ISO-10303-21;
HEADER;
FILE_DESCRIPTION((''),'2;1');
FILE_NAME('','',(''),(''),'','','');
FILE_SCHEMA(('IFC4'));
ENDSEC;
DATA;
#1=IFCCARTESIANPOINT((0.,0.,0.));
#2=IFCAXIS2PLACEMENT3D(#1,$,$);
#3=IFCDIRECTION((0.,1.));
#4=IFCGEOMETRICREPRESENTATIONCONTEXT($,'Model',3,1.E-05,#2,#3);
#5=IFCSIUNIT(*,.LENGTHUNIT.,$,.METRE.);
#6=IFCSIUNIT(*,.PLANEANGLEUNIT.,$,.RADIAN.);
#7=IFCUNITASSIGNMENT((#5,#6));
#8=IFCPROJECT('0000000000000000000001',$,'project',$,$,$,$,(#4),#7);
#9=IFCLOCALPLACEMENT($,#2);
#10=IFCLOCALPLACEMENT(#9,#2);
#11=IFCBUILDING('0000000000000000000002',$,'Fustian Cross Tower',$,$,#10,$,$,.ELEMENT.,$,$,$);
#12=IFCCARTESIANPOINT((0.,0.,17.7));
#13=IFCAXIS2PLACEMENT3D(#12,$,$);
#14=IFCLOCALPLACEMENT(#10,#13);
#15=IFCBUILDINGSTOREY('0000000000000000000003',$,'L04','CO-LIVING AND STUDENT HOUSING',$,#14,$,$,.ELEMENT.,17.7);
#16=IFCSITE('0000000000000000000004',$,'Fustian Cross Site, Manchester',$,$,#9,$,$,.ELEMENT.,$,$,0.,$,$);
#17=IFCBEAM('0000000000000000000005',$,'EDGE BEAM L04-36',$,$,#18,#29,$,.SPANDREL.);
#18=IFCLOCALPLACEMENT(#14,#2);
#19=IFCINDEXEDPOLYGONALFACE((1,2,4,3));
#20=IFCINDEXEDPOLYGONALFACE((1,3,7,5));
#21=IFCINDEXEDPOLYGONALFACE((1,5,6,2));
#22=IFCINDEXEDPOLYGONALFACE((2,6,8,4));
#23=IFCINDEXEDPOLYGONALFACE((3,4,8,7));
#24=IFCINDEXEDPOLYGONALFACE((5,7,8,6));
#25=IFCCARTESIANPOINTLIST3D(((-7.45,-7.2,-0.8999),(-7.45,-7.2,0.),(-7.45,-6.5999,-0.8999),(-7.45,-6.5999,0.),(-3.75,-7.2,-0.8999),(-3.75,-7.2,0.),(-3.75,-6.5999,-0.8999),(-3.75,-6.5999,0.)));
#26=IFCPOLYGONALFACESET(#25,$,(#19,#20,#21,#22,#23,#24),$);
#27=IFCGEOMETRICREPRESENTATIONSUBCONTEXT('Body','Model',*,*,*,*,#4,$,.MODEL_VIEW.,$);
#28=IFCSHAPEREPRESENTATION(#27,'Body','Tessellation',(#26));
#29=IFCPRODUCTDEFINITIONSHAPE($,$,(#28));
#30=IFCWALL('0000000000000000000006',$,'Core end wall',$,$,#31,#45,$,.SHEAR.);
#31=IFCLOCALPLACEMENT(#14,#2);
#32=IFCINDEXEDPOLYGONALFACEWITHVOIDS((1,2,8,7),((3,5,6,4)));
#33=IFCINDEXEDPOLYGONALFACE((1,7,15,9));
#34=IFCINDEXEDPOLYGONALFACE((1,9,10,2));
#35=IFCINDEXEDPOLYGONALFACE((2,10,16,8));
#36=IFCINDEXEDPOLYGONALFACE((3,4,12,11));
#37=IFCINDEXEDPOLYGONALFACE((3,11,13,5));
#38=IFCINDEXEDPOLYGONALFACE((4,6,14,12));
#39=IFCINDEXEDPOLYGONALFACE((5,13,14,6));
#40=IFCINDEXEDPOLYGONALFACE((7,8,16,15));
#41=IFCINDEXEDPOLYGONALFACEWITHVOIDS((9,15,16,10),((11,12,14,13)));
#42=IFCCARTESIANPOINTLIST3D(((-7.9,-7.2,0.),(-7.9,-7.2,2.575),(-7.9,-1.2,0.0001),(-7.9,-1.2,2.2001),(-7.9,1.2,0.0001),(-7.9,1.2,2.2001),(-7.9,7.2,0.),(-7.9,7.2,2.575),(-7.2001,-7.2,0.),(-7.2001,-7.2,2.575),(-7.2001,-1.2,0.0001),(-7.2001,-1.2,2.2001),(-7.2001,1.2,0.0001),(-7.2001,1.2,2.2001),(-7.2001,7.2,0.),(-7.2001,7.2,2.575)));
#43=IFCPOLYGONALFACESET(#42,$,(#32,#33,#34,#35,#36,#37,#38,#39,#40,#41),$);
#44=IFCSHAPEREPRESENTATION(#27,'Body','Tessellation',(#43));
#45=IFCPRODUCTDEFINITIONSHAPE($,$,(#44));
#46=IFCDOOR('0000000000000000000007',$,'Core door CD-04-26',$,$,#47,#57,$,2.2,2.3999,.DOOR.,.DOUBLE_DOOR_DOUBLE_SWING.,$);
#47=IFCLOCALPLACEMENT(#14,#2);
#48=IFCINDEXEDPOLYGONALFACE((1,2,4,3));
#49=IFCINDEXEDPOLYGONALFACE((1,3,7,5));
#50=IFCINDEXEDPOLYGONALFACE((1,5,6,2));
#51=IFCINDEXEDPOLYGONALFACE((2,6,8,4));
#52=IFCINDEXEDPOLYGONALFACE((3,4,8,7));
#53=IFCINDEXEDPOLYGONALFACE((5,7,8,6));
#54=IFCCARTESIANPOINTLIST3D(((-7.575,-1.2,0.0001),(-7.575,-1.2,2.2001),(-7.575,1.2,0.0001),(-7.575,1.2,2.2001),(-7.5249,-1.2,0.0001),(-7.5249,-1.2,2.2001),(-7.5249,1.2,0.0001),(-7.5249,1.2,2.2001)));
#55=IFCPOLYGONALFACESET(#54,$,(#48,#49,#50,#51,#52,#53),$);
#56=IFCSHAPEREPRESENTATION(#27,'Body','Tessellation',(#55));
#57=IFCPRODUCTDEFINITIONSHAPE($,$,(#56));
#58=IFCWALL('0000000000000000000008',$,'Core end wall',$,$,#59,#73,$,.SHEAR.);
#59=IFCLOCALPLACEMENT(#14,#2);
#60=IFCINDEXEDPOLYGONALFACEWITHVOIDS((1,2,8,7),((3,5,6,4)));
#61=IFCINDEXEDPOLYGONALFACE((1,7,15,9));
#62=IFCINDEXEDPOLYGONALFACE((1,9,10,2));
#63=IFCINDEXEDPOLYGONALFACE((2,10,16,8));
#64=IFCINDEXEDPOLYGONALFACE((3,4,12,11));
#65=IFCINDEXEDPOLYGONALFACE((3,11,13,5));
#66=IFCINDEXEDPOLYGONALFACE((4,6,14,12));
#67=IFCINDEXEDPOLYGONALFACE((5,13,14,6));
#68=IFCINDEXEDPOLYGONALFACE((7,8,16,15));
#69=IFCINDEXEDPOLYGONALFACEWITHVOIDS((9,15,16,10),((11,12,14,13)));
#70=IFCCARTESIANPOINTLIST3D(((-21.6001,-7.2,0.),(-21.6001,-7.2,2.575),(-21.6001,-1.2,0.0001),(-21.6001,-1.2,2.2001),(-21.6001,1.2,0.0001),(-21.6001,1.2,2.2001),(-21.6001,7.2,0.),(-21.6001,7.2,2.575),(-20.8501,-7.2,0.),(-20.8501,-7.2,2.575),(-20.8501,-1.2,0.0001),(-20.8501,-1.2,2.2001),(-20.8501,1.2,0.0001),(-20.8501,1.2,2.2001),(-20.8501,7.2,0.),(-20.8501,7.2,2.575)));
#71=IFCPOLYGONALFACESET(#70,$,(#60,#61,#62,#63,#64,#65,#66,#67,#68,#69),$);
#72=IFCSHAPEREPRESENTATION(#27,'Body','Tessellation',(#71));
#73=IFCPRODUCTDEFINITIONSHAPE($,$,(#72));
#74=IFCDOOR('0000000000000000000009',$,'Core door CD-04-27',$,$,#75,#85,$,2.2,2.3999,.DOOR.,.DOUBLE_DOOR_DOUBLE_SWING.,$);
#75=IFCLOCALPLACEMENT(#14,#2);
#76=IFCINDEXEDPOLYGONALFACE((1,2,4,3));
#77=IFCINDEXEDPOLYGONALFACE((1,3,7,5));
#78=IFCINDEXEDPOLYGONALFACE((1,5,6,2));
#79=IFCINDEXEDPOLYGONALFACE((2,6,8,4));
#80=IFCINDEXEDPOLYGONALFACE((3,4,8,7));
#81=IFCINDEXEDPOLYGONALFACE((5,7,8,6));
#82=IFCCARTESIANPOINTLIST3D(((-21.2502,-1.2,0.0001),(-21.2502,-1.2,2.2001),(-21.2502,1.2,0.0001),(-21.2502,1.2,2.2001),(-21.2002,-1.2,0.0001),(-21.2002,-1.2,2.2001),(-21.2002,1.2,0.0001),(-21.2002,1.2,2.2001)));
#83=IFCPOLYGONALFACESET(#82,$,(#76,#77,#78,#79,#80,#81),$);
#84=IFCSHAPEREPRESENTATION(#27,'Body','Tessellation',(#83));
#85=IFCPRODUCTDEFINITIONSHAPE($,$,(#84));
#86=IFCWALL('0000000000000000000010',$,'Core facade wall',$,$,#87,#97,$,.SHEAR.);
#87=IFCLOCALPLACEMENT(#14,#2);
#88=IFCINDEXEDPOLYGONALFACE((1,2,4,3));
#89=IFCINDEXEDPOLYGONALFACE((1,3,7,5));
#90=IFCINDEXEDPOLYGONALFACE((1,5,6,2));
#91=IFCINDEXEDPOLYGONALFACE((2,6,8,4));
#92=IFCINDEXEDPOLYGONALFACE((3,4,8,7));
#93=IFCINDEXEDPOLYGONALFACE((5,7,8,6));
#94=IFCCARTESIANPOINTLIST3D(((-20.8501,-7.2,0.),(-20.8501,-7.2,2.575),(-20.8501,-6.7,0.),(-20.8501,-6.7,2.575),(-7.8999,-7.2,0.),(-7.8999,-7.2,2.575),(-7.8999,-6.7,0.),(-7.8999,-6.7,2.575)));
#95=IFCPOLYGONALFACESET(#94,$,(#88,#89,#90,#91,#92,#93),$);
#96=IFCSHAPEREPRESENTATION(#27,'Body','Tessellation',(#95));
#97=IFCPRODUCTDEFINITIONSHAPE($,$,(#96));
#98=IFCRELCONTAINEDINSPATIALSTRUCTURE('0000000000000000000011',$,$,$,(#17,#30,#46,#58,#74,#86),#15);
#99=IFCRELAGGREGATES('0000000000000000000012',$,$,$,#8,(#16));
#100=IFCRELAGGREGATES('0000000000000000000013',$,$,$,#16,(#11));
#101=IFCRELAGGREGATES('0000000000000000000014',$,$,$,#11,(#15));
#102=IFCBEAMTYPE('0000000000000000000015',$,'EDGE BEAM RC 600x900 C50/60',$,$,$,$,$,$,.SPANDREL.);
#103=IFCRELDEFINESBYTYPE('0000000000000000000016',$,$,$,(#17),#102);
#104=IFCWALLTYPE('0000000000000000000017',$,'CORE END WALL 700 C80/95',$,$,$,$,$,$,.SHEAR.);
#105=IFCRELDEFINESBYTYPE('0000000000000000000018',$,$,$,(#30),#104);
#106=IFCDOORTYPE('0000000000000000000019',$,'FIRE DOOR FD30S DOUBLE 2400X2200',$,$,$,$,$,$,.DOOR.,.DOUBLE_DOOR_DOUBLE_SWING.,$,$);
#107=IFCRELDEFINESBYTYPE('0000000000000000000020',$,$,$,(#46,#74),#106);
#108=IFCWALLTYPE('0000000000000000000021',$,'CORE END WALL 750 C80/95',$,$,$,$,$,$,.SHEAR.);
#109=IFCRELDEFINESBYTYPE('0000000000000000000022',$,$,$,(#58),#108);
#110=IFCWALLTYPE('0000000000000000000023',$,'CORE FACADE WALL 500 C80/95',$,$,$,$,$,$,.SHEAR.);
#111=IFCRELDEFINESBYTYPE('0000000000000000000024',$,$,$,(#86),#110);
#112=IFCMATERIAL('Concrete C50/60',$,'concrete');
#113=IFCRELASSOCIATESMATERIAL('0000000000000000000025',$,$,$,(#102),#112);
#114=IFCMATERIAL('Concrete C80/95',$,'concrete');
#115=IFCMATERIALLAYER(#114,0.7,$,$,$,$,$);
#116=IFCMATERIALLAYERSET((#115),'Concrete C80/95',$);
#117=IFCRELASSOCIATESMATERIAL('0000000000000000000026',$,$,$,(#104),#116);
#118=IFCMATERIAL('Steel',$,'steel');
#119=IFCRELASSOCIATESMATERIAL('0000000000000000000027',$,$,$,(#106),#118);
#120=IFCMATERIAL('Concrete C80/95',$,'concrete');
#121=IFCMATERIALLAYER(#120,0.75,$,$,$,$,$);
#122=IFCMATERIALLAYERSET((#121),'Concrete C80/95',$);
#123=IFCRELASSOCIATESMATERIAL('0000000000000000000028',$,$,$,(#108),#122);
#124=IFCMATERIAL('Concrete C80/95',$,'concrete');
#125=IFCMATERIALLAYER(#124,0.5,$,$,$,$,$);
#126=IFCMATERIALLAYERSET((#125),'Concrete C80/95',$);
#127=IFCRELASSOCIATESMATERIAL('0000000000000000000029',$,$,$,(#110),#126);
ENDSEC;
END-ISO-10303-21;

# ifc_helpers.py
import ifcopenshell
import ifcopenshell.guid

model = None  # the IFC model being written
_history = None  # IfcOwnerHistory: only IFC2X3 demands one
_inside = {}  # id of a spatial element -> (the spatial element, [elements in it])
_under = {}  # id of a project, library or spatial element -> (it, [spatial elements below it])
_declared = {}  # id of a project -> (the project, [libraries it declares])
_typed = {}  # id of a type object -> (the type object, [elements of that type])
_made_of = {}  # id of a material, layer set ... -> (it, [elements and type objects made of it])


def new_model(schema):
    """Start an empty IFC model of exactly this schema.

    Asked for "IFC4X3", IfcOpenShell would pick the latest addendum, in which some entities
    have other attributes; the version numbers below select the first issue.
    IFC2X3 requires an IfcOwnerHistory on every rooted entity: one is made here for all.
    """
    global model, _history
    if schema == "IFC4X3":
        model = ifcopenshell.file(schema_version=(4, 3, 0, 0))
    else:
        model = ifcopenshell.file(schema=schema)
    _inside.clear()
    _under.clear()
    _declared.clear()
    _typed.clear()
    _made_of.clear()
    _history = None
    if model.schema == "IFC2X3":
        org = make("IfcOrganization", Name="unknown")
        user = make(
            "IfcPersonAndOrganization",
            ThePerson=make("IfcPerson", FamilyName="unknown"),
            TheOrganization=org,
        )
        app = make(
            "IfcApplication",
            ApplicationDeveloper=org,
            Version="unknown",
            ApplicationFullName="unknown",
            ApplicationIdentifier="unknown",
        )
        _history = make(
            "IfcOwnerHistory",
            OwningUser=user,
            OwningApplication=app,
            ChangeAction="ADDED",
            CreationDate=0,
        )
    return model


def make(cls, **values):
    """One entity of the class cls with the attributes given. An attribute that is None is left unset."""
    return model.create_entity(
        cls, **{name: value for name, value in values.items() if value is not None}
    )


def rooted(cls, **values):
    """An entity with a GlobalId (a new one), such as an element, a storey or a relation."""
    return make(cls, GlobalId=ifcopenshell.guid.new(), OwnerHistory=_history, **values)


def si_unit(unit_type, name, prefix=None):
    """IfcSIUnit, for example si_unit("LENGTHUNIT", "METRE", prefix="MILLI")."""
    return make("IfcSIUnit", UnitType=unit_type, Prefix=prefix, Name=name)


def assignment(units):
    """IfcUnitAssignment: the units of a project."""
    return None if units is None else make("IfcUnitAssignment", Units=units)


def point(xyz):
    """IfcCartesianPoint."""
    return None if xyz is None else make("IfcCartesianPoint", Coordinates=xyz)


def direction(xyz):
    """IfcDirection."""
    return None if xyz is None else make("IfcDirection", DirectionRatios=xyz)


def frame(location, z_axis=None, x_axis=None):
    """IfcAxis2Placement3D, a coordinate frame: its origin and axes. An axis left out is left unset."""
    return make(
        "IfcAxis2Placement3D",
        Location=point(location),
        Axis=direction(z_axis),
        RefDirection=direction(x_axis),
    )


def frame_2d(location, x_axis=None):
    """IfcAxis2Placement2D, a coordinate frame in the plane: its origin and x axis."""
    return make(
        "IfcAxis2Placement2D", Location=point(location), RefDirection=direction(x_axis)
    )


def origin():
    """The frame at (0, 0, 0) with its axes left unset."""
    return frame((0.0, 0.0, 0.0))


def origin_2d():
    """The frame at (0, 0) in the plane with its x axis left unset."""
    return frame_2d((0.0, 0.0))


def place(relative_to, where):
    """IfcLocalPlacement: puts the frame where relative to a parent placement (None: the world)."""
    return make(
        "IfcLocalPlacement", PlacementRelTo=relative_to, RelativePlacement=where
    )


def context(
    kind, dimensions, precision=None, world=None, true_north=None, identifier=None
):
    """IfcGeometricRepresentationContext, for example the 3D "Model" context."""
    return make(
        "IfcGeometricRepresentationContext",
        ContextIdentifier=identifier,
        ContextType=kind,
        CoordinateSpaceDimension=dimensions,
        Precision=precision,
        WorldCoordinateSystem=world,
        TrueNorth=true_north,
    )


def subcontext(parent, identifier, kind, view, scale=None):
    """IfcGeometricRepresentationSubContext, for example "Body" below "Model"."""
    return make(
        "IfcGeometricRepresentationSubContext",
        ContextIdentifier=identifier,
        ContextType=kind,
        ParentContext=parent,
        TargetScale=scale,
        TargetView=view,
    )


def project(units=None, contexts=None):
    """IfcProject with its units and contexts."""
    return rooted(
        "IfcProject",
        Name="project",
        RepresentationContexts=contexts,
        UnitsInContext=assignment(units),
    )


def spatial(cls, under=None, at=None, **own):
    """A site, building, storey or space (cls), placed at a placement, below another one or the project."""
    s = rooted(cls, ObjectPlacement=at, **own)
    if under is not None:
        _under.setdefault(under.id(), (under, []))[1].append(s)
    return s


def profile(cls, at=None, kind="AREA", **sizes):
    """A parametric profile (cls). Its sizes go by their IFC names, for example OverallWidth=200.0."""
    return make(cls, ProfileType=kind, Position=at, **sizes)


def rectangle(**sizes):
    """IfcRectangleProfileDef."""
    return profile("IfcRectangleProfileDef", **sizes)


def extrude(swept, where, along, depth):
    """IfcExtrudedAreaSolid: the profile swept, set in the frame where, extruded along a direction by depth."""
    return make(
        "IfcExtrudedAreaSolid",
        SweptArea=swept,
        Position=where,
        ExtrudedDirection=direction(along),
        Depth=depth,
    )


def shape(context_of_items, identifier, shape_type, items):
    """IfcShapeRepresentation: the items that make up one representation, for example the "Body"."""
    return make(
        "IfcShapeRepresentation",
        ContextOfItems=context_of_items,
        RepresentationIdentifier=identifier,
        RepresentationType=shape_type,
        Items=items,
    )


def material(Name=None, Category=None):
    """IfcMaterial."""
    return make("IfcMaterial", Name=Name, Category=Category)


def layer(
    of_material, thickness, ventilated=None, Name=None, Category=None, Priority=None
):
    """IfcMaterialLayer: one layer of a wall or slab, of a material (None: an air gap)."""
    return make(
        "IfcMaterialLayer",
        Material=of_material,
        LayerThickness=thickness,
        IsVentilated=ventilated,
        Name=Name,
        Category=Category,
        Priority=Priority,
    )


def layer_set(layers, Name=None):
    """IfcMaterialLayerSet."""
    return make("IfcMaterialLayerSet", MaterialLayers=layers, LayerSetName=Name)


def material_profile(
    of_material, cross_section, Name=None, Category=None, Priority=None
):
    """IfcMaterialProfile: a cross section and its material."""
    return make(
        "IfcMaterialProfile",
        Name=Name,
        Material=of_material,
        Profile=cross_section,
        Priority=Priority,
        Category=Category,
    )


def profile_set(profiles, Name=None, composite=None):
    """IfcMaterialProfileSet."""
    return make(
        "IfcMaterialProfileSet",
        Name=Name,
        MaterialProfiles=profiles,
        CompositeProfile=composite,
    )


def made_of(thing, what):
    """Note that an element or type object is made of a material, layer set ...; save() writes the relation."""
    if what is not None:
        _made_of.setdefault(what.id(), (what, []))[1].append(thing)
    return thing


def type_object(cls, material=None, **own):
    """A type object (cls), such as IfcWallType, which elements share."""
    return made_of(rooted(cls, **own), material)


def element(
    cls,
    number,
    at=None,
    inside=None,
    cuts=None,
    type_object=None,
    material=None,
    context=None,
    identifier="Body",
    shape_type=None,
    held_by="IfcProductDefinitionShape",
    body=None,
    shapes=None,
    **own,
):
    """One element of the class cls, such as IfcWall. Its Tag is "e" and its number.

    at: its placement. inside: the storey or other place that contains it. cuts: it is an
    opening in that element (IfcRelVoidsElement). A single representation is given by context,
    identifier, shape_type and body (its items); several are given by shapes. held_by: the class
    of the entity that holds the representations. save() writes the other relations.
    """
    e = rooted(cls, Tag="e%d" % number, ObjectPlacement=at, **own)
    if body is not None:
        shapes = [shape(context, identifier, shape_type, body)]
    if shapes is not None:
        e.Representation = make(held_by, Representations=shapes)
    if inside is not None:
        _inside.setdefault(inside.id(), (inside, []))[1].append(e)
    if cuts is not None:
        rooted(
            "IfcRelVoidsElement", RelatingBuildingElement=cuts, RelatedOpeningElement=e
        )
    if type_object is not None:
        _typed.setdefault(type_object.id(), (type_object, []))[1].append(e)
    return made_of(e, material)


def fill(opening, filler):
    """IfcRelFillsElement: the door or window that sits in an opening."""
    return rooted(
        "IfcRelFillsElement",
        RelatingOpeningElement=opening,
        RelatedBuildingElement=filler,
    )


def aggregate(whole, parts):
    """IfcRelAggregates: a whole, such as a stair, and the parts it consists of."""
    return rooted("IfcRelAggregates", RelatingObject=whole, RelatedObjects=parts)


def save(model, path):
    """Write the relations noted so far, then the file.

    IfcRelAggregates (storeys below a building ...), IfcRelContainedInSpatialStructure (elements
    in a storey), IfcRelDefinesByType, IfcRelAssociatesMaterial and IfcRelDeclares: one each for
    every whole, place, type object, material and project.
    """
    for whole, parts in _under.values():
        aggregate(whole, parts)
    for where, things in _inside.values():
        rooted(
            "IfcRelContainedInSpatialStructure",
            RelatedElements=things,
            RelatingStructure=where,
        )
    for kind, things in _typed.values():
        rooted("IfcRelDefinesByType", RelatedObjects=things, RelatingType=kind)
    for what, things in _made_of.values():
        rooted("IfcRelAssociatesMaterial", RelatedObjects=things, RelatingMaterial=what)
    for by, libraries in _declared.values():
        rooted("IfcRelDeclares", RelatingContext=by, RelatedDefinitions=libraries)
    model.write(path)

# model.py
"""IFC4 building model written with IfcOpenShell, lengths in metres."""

from ifc_helpers import new_model, si_unit, direction, frame, frame_2d, origin, origin_2d, place, context, subcontext, project, spatial, rectangle, extrude, material, layer, layer_set, material_profile, profile_set, type_object, element, fill, save


model = new_model("IFC4")

# Units and contexts
model_context = context("Model", 3, precision=1e-05, world=origin(), true_north=direction((0.0, 1.0)))
body_context = subcontext(model_context, "Body", "Model", "MODEL_VIEW")
ifc_project = project(units=[si_unit("LENGTHUNIT", "METRE"), si_unit("PLANEANGLEUNIT", "RADIAN")], contexts=[model_context])

# Site, building, storey
site_placement = place(None, origin())
site = spatial("IfcSite", under=ifc_project, at=site_placement, Name="Fustian Cross Site, Manchester", CompositionType="ELEMENT", RefElevation=0.0)
building_placement = place(site_placement, origin())
building = spatial("IfcBuilding", under=site, at=building_placement, Name="Fustian Cross Tower", CompositionType="ELEMENT")
storey_placement = place(building_placement, frame((0.0, 0.0, 17.7)))
storey = spatial("IfcBuildingStorey", under=building, at=storey_placement, Name="L04", Description="CO-LIVING AND STUDENT HOUSING", CompositionType="ELEMENT", Elevation=17.7)

# Beam
ifc_material_1 = material(Name="Concrete C50/60", Category="concrete")
ifc_material_profile = material_profile(ifc_material_1, rectangle(XDim=0.6001, YDim=0.8999, at=origin_2d()), Name="RC 600x900")
ifc_profile_set = profile_set([ifc_material_profile], Name="Concrete C50/60")
beam_type = type_object("IfcBeamType", Name="EDGE BEAM RC 600x900 C50/60", PredefinedType="SPANDREL", material=ifc_profile_set)
beam_placement = place(storey_placement, frame((-7.45, -6.8999, -0.45), z_axis=(1.0, 0.0, 0.0), x_axis=(0.0, 1.0, 0.0)))
element("IfcBeam", 1, at=beam_placement, inside=storey, type_object=beam_type, Name="EDGE BEAM L04-36", PredefinedType="SPANDREL", context=body_context, shape_type="SweptSolid", body=[
    extrude(rectangle(XDim=0.6001, YDim=0.8999, at=origin_2d()), origin(), (0.0, 0.0, 1.0), 3.7),
])

# Walls, openings, doors
ifc_material_2 = material(Name="Concrete C80/95", Category="concrete")
ifc_layer_1 = layer(ifc_material_2, 0.7)
ifc_layer_set_1 = layer_set([ifc_layer_1], Name="Concrete C80/95")
wall_type_1 = type_object("IfcWallType", Name="CORE END WALL 700 C80/95", PredefinedType="SHEAR", material=ifc_layer_set_1)
wall_1_placement = place(storey_placement, frame((-7.55, -7.2, 0.0), z_axis=(0.0, 0.0, 1.0), x_axis=(0.0, 1.0, 0.0)))
wall_1 = element("IfcWall", 2, at=wall_1_placement, inside=storey, type_object=wall_type_1, Name="Core end wall", PredefinedType="SHEAR", context=body_context, shape_type="SweptSolid", body=[
    extrude(rectangle(XDim=14.3999, YDim=0.7, at=frame_2d((7.2, 0.0))), origin(), (0.0, 0.0, 1.0), 2.575),
])
opening_1_placement = place(wall_1_placement, frame((6.0, 0.0, 0.0)))
opening_1 = element("IfcOpeningElement", 3, at=opening_1_placement, cuts=wall_1, PredefinedType="OPENING", context=body_context, shape_type="SweptSolid", body=[
    extrude(rectangle(XDim=2.3999, YDim=2.2, at=frame_2d((1.2, 1.1001))), frame((0.0, 0.3599, 0.0), z_axis=(0.0, -1.0, 0.0), x_axis=(1.0, 0.0, 0.0)), (0.0, 0.0, 1.0), 0.72),
])
ifc_material_3 = material(Name="Steel", Category="steel")
door_type_1 = type_object("IfcDoorType", Name="FIRE DOOR FD30S DOUBLE 2400X2200", OperationType="DOUBLE_DOOR_DOUBLE_SWING", PredefinedType="DOOR", material=ifc_material_3)
door_1_placement = place(opening_1_placement, origin())
door_1 = element("IfcDoor", 4, at=door_1_placement, inside=storey, type_object=door_type_1, Name="Core door CD-04-26", OperationType="DOUBLE_DOOR_DOUBLE_SWING", OverallHeight=2.2, OverallWidth=2.3999, PredefinedType="DOOR", context=body_context, shape_type="SweptSolid", body=[
    extrude(rectangle(XDim=2.3999, YDim=2.2, at=frame_2d((1.2, 1.1001))), frame((0.0, 0.0249, 0.0), z_axis=(0.0, -1.0, 0.0), x_axis=(1.0, 0.0, 0.0)), (0.0, 0.0, 1.0), 0.05),
])
fill(opening_1, door_1)
ifc_material_4 = material(Name="Concrete C80/95", Category="concrete")
ifc_layer_2 = layer(ifc_material_4, 0.75)
ifc_layer_set_2 = layer_set([ifc_layer_2], Name="Concrete C80/95")
wall_type_2 = type_object("IfcWallType", Name="CORE END WALL 750 C80/95", PredefinedType="SHEAR", material=ifc_layer_set_2)
wall_2_placement = place(storey_placement, frame((-21.2251, -7.2, 0.0), z_axis=(0.0, 0.0, 1.0), x_axis=(0.0, 1.0, 0.0)))
wall_2 = element("IfcWall", 5, at=wall_2_placement, inside=storey, type_object=wall_type_2, Name="Core end wall", PredefinedType="SHEAR", context=body_context, shape_type="SweptSolid", body=[
    extrude(rectangle(XDim=14.3999, YDim=0.75, at=frame_2d((7.2, 0.0))), origin(), (0.0, 0.0, 1.0), 2.575),
])
opening_2_placement = place(wall_2_placement, frame((6.0, 0.0, 0.0)))
opening_2 = element("IfcOpeningElement", 6, at=opening_2_placement, cuts=wall_2, PredefinedType="OPENING", context=body_context, shape_type="SweptSolid", body=[
    extrude(rectangle(XDim=2.3999, YDim=2.2, at=frame_2d((1.2, 1.1001))), frame((0.0, 0.385, 0.0), z_axis=(0.0, -1.0, 0.0), x_axis=(1.0, 0.0, 0.0)), (0.0, 0.0, 1.0), 0.77),
])
door_2_placement = place(opening_2_placement, frame((2.3999, 0.0, 0.0), z_axis=(0.0, 0.0, 1.0), x_axis=(-1.0, 0.0, 0.0)))
door_2 = element("IfcDoor", 7, at=door_2_placement, inside=storey, type_object=door_type_1, Name="Core door CD-04-27", OperationType="DOUBLE_DOOR_DOUBLE_SWING", OverallHeight=2.2, OverallWidth=2.3999, PredefinedType="DOOR", context=body_context, shape_type="SweptSolid", body=[
    extrude(rectangle(XDim=2.3999, YDim=2.2, at=frame_2d((1.2, 1.1001))), frame((0.0, 0.0249, 0.0), z_axis=(0.0, -1.0, 0.0), x_axis=(1.0, 0.0, 0.0)), (0.0, 0.0, 1.0), 0.05),
])
fill(opening_2, door_2)

# Wall
ifc_material_5 = material(Name="Concrete C80/95", Category="concrete")
ifc_layer_3 = layer(ifc_material_5, 0.5)
ifc_layer_set_3 = layer_set([ifc_layer_3], Name="Concrete C80/95")
wall_type_3 = type_object("IfcWallType", Name="CORE FACADE WALL 500 C80/95", PredefinedType="SHEAR", material=ifc_layer_set_3)
wall_3_placement = place(storey_placement, frame((-7.8999, -6.95, 0.0), z_axis=(0.0, 0.0, 1.0), x_axis=(-1.0, 0.0, 0.0)))
element("IfcWall", 8, at=wall_3_placement, inside=storey, type_object=wall_type_3, Name="Core facade wall", PredefinedType="SHEAR", context=body_context, shape_type="SweptSolid", body=[
    extrude(rectangle(XDim=12.9502, YDim=0.5, at=frame_2d((6.4751, 0.0))), origin(), (0.0, 0.0, 1.0), 2.575),
])

save(model, "model.ifc")
